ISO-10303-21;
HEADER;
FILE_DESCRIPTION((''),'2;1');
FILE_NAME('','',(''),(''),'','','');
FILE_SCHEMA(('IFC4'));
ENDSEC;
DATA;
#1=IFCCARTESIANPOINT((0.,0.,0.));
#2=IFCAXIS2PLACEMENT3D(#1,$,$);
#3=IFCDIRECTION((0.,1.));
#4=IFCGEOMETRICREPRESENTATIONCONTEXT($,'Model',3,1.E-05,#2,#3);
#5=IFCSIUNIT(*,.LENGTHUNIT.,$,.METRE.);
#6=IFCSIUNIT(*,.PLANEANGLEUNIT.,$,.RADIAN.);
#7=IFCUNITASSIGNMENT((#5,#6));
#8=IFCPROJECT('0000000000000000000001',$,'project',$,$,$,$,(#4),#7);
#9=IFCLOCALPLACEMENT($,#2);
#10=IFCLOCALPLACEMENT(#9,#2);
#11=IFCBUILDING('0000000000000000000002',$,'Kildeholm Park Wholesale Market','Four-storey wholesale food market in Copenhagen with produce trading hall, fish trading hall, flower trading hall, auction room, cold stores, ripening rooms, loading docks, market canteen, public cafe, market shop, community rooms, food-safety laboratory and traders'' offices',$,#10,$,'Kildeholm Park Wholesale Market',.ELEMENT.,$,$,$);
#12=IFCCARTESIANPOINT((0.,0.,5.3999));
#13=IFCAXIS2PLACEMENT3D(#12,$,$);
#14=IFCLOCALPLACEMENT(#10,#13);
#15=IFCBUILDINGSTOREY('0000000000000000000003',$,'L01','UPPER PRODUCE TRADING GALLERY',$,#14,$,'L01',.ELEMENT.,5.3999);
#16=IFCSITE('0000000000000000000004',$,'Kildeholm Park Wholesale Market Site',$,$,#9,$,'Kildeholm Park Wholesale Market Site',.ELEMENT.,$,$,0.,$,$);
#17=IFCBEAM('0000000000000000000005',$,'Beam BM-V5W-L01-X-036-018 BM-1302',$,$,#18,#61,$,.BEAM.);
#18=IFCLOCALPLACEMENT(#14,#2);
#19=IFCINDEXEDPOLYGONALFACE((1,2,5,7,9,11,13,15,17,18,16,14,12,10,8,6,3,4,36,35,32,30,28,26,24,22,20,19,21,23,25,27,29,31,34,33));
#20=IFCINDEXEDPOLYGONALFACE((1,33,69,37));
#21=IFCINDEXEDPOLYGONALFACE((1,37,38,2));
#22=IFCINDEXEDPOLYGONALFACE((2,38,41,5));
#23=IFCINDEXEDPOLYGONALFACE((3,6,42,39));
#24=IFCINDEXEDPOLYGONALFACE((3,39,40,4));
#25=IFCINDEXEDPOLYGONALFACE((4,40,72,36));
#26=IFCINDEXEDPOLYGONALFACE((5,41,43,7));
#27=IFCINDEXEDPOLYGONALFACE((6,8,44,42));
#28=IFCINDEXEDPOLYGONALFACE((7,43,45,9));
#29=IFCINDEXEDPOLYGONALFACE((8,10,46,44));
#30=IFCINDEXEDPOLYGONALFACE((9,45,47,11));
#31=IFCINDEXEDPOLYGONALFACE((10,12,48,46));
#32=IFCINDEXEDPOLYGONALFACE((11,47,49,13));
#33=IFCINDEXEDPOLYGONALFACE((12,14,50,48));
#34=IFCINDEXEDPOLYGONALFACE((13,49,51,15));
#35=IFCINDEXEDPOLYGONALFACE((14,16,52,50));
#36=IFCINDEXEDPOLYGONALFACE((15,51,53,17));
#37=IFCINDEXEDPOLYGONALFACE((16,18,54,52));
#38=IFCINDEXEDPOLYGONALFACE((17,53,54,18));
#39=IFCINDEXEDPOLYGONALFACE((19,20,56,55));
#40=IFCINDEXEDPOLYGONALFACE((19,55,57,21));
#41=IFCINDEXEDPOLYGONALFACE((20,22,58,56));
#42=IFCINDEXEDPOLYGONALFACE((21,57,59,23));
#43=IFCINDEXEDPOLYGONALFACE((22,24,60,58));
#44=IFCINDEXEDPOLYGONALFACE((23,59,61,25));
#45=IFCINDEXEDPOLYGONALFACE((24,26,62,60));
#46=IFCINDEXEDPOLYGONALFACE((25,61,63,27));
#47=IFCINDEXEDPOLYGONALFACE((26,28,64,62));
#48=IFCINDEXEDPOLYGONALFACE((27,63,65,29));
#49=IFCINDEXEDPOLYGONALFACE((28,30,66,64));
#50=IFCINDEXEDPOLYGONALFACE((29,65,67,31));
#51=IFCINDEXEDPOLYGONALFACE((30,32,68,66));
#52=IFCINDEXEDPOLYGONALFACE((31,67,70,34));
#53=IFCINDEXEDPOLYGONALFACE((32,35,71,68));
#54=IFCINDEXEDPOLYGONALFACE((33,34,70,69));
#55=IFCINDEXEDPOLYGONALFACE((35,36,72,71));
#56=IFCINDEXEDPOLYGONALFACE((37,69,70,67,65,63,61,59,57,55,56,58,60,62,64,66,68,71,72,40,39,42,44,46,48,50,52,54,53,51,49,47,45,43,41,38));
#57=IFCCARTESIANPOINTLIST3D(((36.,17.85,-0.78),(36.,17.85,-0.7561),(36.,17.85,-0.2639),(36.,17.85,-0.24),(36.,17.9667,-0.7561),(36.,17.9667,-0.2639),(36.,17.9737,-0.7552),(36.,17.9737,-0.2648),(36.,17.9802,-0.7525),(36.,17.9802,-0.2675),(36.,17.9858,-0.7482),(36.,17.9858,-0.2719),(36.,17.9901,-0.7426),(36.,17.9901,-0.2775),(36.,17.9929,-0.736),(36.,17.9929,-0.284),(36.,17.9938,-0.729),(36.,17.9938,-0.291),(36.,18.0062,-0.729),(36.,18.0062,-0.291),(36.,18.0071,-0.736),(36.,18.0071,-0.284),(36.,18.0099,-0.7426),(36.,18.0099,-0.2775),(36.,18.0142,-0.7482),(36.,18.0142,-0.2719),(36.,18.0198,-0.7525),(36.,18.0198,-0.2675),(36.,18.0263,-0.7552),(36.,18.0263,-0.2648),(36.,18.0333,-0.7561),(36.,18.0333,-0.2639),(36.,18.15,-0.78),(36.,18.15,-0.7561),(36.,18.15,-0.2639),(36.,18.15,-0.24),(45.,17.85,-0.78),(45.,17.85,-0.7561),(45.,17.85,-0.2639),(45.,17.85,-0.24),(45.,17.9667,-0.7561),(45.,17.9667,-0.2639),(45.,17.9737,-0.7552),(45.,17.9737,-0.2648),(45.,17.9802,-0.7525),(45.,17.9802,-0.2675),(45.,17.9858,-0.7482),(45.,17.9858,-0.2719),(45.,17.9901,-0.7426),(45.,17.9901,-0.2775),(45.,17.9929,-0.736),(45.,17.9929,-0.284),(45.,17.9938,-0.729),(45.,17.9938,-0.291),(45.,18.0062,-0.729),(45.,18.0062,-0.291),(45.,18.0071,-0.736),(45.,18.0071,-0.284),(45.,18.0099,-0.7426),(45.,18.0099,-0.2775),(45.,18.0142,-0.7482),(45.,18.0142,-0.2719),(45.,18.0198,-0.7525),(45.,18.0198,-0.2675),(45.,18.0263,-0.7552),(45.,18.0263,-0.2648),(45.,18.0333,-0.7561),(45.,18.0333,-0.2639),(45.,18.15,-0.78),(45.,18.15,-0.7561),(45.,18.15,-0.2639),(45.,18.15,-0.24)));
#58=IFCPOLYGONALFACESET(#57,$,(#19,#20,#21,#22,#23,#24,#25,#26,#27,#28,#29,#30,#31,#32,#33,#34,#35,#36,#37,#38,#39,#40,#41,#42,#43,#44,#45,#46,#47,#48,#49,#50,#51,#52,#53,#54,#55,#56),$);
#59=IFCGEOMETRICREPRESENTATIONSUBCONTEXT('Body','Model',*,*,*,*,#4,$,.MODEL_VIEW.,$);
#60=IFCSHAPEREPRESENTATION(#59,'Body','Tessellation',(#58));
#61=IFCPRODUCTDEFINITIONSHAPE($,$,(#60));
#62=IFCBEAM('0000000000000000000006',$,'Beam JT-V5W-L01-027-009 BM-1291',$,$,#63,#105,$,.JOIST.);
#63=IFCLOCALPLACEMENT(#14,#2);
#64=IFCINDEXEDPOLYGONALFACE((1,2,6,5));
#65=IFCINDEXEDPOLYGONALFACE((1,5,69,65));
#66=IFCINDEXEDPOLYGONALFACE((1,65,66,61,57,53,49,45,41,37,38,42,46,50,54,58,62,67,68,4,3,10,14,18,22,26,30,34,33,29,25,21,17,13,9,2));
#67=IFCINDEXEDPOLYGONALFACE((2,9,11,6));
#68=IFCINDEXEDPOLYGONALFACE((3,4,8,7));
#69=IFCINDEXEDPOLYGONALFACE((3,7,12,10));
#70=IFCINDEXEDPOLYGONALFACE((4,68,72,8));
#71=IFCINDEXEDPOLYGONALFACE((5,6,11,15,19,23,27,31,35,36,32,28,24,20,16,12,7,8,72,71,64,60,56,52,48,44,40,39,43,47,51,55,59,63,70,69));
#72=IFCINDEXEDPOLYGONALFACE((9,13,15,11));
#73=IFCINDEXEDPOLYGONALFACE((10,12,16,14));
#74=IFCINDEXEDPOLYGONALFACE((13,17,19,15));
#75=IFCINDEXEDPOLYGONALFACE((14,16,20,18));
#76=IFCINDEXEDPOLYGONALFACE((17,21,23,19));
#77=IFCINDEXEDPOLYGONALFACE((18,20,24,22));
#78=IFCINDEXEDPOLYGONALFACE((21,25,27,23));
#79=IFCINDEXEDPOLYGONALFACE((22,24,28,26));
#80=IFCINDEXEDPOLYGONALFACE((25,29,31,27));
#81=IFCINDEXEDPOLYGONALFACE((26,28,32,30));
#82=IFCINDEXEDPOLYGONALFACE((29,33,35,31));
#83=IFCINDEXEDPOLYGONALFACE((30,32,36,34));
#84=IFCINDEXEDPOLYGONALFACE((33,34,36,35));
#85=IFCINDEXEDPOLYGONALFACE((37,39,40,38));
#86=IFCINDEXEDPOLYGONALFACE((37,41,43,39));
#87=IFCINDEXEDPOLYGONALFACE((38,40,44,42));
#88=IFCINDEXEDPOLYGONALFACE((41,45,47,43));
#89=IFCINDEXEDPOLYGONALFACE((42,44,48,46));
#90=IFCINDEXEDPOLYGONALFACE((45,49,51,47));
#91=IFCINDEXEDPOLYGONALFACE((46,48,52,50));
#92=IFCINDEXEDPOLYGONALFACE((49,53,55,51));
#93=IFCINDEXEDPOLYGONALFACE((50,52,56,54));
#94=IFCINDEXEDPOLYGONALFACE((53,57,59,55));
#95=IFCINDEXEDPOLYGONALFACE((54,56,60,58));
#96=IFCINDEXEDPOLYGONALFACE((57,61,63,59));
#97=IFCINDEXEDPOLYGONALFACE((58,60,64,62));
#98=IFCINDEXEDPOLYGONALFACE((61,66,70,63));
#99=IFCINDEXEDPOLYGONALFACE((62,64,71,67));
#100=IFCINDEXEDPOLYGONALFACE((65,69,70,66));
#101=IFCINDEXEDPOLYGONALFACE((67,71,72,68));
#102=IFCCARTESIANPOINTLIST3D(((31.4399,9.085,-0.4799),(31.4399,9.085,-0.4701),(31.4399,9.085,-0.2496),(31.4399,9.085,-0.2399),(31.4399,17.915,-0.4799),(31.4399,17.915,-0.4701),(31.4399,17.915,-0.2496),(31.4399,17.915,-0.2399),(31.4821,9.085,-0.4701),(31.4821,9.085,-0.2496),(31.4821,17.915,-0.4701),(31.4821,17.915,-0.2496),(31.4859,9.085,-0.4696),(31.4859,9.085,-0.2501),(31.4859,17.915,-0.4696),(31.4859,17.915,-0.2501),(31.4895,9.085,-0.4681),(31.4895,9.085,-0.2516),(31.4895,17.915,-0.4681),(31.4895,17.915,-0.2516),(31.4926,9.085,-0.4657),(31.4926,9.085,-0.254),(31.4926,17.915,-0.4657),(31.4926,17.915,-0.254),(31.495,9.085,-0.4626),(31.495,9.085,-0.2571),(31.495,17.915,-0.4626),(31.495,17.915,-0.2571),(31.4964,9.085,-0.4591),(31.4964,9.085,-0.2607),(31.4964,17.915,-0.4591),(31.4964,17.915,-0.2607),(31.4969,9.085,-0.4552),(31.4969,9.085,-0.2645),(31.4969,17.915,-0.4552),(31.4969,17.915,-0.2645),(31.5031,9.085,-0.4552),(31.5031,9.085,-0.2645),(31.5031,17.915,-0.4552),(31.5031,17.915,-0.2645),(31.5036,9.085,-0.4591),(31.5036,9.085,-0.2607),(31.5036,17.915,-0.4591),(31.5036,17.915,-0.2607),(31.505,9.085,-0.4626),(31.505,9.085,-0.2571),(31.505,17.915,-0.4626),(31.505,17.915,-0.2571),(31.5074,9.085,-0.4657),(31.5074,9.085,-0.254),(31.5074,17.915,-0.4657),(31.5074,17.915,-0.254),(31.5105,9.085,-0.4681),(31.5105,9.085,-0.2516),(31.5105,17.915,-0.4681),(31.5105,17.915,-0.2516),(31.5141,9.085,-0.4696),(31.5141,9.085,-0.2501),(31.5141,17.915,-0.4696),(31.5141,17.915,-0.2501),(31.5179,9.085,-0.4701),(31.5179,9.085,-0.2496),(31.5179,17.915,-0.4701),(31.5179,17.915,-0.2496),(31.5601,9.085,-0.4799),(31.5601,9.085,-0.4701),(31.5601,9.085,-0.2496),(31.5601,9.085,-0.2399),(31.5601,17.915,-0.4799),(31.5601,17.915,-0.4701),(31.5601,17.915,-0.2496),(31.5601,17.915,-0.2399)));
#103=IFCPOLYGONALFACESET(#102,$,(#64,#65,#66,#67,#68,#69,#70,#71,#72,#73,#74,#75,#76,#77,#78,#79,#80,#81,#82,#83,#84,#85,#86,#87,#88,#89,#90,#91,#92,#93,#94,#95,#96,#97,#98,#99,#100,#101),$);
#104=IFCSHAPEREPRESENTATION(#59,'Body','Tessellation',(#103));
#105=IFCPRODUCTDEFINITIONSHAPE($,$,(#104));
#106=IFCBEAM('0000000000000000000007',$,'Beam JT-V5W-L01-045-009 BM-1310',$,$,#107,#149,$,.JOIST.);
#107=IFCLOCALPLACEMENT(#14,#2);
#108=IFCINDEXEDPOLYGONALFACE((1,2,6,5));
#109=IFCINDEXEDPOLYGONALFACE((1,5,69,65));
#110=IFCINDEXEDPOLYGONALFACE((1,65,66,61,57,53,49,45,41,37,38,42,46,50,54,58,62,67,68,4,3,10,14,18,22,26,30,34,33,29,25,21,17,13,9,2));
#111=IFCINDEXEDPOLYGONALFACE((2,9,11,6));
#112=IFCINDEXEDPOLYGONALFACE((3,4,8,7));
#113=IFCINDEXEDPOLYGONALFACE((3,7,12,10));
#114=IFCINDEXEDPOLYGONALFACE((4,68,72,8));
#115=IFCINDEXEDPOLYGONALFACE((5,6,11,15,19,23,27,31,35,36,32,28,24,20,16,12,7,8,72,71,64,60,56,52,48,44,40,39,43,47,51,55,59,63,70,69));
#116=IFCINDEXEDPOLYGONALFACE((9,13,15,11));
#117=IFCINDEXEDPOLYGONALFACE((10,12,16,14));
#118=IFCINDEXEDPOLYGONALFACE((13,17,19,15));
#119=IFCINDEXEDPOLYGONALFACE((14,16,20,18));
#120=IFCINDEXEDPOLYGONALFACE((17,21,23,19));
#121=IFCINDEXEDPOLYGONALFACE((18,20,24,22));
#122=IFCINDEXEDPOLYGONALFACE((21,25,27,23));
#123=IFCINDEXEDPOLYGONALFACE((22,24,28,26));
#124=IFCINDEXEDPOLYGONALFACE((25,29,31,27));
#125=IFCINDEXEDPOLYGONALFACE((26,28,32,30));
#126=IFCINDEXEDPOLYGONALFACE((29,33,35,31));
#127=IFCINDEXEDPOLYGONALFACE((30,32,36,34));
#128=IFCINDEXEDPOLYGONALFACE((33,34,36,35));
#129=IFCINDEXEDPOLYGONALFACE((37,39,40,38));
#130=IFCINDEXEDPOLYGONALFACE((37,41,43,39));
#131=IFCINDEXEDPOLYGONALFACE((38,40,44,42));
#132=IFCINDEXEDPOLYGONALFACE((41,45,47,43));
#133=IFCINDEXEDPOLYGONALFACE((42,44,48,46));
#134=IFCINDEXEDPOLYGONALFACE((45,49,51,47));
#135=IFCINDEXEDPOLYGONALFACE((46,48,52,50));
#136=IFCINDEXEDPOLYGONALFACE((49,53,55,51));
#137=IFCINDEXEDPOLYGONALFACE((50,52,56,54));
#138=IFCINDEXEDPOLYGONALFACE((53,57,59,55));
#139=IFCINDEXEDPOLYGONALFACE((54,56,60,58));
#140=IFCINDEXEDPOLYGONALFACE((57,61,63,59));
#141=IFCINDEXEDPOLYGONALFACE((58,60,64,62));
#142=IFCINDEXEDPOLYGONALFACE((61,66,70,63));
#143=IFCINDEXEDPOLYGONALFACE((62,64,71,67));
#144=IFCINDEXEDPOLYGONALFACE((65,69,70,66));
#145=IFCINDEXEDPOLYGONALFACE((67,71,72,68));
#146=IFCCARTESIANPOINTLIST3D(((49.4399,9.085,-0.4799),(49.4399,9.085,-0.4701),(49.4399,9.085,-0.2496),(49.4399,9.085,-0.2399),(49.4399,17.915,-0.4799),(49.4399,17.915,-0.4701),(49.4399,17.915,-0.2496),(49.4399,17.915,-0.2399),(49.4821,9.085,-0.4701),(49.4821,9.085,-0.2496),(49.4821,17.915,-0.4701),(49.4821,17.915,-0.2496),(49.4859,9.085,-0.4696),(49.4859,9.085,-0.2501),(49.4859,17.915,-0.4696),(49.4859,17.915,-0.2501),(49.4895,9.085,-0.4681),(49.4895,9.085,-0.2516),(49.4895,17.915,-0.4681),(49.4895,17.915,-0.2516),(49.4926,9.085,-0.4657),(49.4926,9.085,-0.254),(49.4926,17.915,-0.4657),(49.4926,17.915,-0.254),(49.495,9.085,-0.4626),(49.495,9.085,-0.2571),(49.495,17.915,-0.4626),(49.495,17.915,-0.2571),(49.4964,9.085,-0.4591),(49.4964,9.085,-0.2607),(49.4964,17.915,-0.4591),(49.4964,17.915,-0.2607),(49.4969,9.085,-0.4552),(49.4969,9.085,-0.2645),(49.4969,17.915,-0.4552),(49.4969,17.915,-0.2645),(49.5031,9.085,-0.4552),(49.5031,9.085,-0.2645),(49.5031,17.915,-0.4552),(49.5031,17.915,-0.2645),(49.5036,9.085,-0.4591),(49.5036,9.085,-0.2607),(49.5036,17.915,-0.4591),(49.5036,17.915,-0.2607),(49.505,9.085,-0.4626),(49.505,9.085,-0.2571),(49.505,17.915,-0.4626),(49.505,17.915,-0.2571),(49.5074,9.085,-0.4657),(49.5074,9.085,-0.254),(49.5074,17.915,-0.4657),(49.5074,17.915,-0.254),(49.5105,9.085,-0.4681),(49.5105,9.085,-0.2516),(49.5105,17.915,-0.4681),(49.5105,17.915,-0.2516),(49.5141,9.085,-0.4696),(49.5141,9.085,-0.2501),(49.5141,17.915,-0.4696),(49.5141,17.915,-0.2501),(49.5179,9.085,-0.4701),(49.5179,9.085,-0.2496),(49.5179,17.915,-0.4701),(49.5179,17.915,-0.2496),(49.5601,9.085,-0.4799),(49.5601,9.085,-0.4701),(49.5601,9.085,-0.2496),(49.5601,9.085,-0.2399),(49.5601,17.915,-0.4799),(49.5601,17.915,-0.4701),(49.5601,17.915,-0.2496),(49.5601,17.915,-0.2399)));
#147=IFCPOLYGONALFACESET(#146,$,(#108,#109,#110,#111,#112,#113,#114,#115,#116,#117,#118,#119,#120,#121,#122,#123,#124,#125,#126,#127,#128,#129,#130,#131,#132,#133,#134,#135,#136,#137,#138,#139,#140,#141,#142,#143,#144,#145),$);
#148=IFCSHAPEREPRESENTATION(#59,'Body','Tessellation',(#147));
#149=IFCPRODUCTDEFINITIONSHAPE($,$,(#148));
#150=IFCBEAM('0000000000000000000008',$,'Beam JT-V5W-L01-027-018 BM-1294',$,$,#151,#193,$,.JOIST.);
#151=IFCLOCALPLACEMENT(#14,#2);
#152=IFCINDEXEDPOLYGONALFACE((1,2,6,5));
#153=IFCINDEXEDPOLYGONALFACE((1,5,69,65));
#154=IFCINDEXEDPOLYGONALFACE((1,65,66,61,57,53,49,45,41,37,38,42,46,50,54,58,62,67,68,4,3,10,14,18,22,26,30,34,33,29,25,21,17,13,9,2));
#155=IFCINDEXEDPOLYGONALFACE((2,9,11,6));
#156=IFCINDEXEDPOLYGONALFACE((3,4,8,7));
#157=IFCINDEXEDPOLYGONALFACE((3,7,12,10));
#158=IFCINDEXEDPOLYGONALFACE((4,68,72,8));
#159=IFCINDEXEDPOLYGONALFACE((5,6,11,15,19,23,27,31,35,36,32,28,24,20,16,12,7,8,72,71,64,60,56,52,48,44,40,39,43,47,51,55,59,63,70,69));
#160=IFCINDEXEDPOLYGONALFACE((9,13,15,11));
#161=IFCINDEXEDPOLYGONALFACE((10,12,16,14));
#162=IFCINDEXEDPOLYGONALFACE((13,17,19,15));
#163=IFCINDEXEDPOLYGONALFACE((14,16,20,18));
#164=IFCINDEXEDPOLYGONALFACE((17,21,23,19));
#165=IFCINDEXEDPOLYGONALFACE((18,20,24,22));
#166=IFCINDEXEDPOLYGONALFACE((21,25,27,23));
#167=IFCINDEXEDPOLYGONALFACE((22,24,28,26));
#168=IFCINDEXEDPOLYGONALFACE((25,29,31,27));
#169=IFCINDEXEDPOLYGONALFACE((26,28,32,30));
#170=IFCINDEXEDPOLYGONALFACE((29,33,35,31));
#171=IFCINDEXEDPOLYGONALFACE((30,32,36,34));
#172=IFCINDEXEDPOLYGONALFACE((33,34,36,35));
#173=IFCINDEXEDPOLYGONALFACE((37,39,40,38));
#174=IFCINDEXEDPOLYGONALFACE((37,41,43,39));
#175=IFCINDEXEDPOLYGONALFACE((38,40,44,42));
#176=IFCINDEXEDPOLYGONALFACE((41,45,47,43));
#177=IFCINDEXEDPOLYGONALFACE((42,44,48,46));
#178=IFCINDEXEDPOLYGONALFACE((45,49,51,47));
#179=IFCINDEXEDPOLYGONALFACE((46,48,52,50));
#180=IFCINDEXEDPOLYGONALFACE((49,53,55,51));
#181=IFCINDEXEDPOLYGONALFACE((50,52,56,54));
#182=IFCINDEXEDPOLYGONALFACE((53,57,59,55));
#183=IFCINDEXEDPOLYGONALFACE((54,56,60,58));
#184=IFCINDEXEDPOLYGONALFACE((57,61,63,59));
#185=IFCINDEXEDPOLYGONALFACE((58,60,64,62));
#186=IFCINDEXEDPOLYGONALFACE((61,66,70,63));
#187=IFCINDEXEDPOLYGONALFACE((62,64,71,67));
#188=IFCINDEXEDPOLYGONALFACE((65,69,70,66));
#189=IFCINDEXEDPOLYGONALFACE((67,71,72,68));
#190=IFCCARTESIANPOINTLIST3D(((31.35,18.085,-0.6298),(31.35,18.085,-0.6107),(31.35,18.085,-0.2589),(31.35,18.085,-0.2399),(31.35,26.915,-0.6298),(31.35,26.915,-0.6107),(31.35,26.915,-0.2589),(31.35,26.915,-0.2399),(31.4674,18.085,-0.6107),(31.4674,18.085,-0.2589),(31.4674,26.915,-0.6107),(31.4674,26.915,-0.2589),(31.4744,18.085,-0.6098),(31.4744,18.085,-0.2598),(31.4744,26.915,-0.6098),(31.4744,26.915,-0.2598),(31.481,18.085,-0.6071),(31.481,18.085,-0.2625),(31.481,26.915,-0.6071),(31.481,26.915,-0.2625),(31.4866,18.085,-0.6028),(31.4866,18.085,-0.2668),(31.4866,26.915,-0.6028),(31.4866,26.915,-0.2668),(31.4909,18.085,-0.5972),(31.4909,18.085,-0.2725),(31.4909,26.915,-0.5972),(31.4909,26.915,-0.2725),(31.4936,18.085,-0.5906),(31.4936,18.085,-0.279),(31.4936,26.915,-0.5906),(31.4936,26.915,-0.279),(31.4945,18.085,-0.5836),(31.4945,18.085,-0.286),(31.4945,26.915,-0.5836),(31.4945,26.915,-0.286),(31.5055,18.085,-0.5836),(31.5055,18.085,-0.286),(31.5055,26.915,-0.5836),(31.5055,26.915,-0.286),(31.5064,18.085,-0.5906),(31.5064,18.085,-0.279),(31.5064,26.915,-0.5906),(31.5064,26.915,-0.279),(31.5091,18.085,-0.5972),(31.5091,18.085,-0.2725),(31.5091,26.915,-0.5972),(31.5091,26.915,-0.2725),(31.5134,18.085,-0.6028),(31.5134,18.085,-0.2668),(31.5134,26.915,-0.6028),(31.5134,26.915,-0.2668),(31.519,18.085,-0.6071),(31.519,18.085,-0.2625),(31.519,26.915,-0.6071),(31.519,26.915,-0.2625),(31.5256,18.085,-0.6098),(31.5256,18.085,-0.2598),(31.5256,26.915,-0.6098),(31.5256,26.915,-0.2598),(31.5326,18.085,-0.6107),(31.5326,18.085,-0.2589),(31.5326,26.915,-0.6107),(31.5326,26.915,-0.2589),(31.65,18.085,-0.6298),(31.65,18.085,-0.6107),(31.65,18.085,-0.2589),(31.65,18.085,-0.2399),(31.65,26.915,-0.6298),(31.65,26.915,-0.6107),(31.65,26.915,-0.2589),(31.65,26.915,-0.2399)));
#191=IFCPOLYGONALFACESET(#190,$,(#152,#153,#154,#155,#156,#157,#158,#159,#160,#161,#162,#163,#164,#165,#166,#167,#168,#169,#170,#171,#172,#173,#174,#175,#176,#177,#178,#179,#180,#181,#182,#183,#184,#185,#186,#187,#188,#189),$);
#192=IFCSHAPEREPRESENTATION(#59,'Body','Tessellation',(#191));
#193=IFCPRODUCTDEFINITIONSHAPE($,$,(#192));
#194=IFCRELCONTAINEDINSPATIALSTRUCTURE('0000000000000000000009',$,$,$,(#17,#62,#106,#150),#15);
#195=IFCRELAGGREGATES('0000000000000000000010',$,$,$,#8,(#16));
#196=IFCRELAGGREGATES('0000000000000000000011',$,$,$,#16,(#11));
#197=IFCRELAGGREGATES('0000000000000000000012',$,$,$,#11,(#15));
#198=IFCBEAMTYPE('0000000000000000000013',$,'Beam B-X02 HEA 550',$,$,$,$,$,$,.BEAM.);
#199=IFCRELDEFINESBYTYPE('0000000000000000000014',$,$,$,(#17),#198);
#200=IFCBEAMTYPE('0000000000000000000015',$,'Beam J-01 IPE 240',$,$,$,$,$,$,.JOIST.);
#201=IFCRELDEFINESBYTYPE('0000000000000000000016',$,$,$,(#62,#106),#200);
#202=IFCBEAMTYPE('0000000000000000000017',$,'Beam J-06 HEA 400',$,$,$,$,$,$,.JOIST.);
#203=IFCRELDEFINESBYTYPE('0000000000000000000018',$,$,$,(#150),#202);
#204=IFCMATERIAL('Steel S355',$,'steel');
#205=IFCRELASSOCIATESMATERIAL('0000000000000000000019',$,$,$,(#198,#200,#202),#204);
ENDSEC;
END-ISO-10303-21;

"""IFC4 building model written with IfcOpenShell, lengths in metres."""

from ifc_helpers import new_model, si_unit, direction, frame, origin, origin_2d, place, context, subcontext, project, spatial, i_section, extrude, material, material_profile, profile_set, type_object, element, save


model = new_model("IFC4")

# Units and contexts
model_context = context("Model", 3, precision=1e-05, world=origin(), true_north=direction((0.0, 1.0)))
body_context = subcontext(model_context, "Body", "Model", "MODEL_VIEW")
ifc_project = project(units=[si_unit("LENGTHUNIT", "METRE"), si_unit("PLANEANGLEUNIT", "RADIAN")], contexts=[model_context])

# Site, building, storey
site_placement = place(None, origin())
site = spatial("IfcSite", under=ifc_project, at=site_placement, Name="Kildeholm Park Wholesale Market Site", LongName="Kildeholm Park Wholesale Market Site", CompositionType="ELEMENT", RefElevation=0.0)
building_placement = place(site_placement, origin())
building = spatial("IfcBuilding", under=site, at=building_placement, Name="Kildeholm Park Wholesale Market", Description="Four-storey wholesale food market in Copenhagen with produce trading hall, fish trading hall, flower trading hall, auction room, cold stores, ripening rooms, loading docks, market canteen, public cafe, market shop, community rooms, food-safety laboratory and traders' offices", LongName="Kildeholm Park Wholesale Market", CompositionType="ELEMENT")
storey_placement = place(building_placement, frame((0.0, 0.0, 5.3999)))
storey = spatial("IfcBuildingStorey", under=building, at=storey_placement, Name="L01", Description="UPPER PRODUCE TRADING GALLERY", LongName="L01", CompositionType="ELEMENT", Elevation=5.3999)

# Shared definitions
ifc_material_1 = material(Name="Steel S355", Category="steel")

# Beams
ifc_material_profile_1 = material_profile(ifc_material_1, i_section(OverallWidth=0.3, OverallDepth=0.54, WebThickness=0.0125, FlangeThickness=0.0239, FilletRadius=0.0271, at=origin_2d()), Name="HEA 550")
ifc_profile_set_1 = profile_set([ifc_material_profile_1], Name="Steel S355")
beam_type_1 = type_object("IfcBeamType", Name="Beam B-X02 HEA 550", PredefinedType="BEAM", material=ifc_profile_set_1)
beam_1_placement = place(storey_placement, frame((36.0, 18.0, -0.51), z_axis=(1.0, 0.0, 0.0), x_axis=(0.0, 1.0, 0.0)))
element("IfcBeam", 1, at=beam_1_placement, inside=storey, type_object=beam_type_1, Name="Beam BM-V5W-L01-X-036-018 BM-1302", PredefinedType="BEAM", context=body_context, shape_type="SweptSolid", body=[
    extrude(i_section(OverallWidth=0.3, OverallDepth=0.54, WebThickness=0.0125, FlangeThickness=0.0239, FilletRadius=0.0271, at=origin_2d()), origin(), (0.0, 0.0, 1.0), 9.0),
])
ifc_material_profile_2 = material_profile(ifc_material_1, i_section(OverallWidth=0.1201, OverallDepth=0.24, WebThickness=0.0061, FlangeThickness=0.0098, FilletRadius=0.0149, at=origin_2d()), Name="IPE 240")
ifc_profile_set_2 = profile_set([ifc_material_profile_2], Name="Steel S355")
beam_type_2 = type_object("IfcBeamType", Name="Beam J-01 IPE 240", PredefinedType="JOIST", material=ifc_profile_set_2)
for number, where, z_axis, x_axis, name in (
    (2, (31.5, 9.085, -0.3599), (0.0, 1.0, 0.0), (-1.0, 0.0, 0.0), "Beam JT-V5W-L01-027-009 BM-1291"),
    (3, (49.5, 9.085, -0.3599), (0.0, 1.0, 0.0), (-1.0, 0.0, 0.0), "Beam JT-V5W-L01-045-009 BM-1310"),
):
    element("IfcBeam", number, at=place(storey_placement, frame(where, z_axis=z_axis, x_axis=x_axis)), inside=storey, type_object=beam_type_2, Name=name, PredefinedType="JOIST", context=body_context, shape_type="SweptSolid", body=[
        extrude(i_section(OverallWidth=0.1201, OverallDepth=0.24, WebThickness=0.0061, FlangeThickness=0.0098, FilletRadius=0.0149, at=origin_2d()), origin(), (0.0, 0.0, 1.0), 8.8301),
    ])
ifc_material_profile_3 = material_profile(ifc_material_1, i_section(OverallWidth=0.3, OverallDepth=0.3899, WebThickness=0.011, FlangeThickness=0.019, FilletRadius=0.0271, at=origin_2d()), Name="HEA 400")
ifc_profile_set_3 = profile_set([ifc_material_profile_3], Name="Steel S355")
beam_type_3 = type_object("IfcBeamType", Name="Beam J-06 HEA 400", PredefinedType="JOIST", material=ifc_profile_set_3)
for number, where, z_axis, x_axis, name in (
    (4, (31.5, 18.085, -0.4348), (0.0, 1.0, 0.0), (-1.0, 0.0, 0.0), "Beam JT-V5W-L01-027-018 BM-1294"),
):
    element("IfcBeam", number, at=place(storey_placement, frame(where, z_axis=z_axis, x_axis=x_axis)), inside=storey, type_object=beam_type_3, Name=name, PredefinedType="JOIST", context=body_context, shape_type="SweptSolid", body=[
        extrude(i_section(OverallWidth=0.3, OverallDepth=0.3899, WebThickness=0.011, FlangeThickness=0.019, FilletRadius=0.0271, at=origin_2d()), origin(), (0.0, 0.0, 1.0), 8.8301),
    ])

save(model, "model.ifc")
